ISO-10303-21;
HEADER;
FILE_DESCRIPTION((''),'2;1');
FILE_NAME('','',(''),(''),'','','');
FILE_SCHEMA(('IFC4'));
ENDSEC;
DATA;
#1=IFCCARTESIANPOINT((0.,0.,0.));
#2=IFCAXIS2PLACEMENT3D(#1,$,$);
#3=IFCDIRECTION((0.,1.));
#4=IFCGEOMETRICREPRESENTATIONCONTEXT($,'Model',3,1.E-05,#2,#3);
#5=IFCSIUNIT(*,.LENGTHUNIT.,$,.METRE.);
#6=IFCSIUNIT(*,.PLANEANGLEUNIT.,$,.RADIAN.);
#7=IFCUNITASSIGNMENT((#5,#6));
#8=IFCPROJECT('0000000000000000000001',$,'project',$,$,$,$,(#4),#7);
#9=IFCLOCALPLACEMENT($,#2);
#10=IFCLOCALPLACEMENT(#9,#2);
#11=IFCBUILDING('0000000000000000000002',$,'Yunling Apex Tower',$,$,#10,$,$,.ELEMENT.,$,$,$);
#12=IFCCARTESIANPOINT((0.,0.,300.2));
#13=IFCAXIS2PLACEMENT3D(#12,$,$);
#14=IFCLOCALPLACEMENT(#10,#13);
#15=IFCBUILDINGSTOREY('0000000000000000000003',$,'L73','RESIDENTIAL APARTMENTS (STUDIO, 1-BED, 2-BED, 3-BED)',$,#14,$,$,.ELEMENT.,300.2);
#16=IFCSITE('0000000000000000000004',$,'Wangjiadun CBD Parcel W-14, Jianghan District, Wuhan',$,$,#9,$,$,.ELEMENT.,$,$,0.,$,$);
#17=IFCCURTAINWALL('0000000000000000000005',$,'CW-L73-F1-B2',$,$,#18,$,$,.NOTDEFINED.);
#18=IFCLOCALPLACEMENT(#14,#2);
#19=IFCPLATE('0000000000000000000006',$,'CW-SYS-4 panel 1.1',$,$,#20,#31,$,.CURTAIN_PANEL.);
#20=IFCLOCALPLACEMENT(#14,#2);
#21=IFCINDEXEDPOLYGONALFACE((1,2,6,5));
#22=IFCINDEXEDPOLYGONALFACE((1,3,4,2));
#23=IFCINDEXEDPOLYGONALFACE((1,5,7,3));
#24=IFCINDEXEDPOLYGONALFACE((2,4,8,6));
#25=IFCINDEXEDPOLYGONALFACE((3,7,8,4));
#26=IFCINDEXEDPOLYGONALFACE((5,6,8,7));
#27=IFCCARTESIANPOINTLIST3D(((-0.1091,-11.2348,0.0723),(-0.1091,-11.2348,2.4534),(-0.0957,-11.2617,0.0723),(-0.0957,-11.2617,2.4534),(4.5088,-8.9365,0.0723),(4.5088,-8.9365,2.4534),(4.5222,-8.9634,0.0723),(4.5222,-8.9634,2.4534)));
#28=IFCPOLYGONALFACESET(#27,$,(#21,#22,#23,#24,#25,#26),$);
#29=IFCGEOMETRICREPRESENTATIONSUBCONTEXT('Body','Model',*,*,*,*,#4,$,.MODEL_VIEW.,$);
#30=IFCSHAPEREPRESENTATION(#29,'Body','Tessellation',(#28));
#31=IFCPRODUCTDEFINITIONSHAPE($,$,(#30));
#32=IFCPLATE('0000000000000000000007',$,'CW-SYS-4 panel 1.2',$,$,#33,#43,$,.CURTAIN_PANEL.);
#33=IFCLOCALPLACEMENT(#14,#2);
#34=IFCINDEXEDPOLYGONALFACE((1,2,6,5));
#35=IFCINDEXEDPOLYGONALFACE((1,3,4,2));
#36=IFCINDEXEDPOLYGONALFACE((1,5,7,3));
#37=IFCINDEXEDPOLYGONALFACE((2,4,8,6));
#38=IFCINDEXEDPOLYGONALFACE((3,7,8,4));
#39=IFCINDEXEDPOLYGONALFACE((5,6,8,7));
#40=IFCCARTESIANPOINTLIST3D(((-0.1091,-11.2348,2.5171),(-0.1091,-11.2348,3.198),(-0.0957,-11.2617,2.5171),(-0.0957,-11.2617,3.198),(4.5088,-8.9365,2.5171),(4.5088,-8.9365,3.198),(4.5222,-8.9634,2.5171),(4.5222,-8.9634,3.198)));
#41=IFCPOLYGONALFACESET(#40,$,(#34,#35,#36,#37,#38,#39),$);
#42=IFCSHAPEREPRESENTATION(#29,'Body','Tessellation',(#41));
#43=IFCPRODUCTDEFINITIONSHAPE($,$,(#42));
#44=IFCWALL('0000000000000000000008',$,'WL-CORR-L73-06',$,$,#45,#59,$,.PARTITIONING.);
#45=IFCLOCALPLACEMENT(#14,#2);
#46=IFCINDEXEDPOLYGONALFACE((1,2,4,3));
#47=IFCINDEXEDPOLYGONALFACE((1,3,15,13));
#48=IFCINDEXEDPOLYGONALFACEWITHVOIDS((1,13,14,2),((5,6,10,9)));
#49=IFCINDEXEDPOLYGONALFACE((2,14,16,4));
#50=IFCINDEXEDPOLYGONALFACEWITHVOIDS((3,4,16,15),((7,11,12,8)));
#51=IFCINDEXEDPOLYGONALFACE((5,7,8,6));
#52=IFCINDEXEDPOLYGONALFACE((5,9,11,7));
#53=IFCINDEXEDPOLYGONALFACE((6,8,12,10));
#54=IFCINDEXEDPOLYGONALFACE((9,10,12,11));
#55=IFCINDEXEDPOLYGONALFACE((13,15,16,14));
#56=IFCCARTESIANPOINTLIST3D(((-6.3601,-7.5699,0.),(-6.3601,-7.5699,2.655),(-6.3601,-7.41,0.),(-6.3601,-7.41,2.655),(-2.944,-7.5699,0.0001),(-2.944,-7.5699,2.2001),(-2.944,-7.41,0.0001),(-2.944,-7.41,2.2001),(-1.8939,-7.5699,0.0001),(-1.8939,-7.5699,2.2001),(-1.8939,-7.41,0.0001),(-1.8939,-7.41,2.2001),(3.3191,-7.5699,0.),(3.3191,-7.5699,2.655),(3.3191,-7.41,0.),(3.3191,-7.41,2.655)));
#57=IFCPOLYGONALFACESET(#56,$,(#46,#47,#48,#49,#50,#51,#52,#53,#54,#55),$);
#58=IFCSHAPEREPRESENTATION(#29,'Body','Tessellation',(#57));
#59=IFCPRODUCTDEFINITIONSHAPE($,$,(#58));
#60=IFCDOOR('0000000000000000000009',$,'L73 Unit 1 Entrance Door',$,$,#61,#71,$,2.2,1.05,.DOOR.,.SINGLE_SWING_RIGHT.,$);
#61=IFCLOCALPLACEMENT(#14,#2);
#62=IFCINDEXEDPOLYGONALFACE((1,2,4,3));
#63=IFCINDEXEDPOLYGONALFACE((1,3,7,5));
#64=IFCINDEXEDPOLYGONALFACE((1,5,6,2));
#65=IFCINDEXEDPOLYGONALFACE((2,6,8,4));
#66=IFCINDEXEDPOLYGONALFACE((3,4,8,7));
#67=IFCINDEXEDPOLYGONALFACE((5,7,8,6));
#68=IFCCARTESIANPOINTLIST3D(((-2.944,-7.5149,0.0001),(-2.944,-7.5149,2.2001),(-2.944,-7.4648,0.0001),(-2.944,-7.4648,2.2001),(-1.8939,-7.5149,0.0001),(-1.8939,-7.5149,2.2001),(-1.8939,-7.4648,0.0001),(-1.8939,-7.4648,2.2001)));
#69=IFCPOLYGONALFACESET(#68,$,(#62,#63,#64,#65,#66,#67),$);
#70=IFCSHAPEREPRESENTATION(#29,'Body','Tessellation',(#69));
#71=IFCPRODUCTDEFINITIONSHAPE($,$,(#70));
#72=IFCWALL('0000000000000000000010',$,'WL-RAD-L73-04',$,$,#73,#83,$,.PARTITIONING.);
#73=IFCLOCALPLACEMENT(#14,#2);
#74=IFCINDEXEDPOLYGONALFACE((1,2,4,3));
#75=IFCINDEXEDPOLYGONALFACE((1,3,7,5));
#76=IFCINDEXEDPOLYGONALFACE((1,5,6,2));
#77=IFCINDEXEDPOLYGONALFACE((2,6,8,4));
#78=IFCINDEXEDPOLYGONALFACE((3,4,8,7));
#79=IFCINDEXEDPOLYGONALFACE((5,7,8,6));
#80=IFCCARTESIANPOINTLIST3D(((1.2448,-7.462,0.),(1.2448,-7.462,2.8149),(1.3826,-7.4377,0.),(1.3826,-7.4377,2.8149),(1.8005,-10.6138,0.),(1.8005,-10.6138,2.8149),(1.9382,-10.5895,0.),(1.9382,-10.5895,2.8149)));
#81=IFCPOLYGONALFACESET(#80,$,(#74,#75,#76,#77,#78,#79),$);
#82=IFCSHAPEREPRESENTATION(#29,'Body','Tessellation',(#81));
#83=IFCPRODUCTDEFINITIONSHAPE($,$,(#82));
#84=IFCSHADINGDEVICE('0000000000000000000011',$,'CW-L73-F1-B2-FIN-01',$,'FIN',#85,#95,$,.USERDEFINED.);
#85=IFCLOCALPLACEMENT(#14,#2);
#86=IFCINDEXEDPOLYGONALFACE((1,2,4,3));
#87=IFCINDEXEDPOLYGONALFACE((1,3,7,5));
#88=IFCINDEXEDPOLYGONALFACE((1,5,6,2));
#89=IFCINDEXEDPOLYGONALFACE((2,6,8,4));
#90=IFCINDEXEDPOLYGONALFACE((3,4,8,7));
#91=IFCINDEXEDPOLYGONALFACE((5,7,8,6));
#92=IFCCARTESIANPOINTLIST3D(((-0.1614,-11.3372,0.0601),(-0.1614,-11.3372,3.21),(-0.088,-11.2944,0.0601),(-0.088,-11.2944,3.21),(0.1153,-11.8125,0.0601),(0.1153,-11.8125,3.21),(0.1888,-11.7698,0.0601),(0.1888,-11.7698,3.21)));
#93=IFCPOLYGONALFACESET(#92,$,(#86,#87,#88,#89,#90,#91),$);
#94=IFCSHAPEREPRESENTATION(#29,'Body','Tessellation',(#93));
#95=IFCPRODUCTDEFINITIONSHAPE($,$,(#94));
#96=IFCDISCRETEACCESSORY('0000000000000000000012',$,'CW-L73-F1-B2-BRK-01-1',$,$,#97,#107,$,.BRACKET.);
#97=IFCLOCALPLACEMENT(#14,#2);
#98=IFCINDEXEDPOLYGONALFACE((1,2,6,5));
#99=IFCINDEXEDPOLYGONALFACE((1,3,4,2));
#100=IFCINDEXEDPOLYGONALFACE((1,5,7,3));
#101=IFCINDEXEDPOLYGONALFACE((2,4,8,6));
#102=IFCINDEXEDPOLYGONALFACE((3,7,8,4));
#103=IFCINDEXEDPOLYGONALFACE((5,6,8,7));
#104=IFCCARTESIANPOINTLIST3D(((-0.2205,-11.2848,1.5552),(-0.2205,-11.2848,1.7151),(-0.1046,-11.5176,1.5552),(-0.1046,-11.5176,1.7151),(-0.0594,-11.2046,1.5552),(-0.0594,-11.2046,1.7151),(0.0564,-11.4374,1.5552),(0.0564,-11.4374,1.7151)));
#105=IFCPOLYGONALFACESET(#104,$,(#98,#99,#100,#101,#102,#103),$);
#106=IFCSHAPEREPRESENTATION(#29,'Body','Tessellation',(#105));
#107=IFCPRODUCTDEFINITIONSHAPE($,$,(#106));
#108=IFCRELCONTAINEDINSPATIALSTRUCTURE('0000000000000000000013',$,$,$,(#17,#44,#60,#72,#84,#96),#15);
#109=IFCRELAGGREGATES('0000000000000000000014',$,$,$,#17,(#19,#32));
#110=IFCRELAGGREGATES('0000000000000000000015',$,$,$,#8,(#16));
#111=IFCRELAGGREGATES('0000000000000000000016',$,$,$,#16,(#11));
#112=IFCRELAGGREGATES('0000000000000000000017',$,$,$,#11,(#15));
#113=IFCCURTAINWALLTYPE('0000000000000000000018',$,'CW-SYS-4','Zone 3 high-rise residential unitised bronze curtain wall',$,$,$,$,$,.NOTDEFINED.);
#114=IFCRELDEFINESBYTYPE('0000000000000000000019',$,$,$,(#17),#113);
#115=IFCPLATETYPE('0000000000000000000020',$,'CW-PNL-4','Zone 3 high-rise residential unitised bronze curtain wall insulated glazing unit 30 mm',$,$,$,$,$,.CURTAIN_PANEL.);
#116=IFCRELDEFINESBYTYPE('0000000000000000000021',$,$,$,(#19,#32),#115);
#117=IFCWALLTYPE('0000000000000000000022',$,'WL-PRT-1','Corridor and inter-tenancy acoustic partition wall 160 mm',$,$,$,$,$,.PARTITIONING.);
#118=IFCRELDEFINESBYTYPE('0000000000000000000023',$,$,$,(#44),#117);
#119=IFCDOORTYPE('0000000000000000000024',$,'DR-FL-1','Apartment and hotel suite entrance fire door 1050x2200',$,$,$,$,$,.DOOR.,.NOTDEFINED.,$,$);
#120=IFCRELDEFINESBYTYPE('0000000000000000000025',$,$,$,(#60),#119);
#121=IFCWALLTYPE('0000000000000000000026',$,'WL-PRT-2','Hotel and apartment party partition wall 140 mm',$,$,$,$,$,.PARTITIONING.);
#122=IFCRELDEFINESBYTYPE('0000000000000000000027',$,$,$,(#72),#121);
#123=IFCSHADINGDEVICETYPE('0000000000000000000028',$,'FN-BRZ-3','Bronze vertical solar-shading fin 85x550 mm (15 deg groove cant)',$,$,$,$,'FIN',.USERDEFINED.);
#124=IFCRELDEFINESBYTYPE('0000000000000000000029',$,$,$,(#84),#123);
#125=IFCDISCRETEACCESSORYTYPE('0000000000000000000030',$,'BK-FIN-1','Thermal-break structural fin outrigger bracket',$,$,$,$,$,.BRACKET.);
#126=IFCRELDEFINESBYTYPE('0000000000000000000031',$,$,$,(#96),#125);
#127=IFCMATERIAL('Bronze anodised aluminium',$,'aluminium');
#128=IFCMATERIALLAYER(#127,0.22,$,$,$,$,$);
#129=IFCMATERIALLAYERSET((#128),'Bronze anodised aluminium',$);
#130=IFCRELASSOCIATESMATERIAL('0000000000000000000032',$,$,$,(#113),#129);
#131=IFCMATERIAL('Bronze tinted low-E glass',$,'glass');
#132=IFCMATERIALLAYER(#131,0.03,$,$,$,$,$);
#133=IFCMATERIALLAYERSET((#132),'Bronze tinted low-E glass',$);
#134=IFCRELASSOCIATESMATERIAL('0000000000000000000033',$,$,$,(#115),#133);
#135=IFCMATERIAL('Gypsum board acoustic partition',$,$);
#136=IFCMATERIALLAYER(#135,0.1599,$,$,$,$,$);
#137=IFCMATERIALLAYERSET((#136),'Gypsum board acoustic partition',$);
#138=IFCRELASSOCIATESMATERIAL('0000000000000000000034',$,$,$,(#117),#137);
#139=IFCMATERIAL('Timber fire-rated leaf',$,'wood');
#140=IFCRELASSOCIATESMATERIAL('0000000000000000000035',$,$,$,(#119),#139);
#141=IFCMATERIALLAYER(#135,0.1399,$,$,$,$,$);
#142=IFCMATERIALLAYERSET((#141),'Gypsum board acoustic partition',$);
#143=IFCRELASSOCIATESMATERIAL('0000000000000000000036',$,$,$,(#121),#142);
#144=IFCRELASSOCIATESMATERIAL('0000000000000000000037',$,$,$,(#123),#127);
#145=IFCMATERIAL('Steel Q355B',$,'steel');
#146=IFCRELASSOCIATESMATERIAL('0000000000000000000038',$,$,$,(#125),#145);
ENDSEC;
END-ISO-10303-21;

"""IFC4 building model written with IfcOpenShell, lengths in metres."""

from ifc_helpers import new_model, si_unit, direction, frame, frame_2d, origin, origin_2d, place, context, subcontext, project, spatial, rectangle, extrude, source, transform, mapped, material, layer, layer_set, material_profile, profile_set, type_object, element, fill, aggregate, save


model = new_model("IFC4")

# Units and contexts
model_context = context("Model", 3, precision=1e-05, world=origin(), true_north=direction((0.0, 1.0)))
body_context = subcontext(model_context, "Body", "Model", "MODEL_VIEW")
ifc_project = project(units=[si_unit("LENGTHUNIT", "METRE"), si_unit("PLANEANGLEUNIT", "RADIAN")], contexts=[model_context])

# Site, building, storey
site_placement = place(None, origin())
site = spatial("IfcSite", under=ifc_project, at=site_placement, Name="Wangjiadun CBD Parcel W-14, Jianghan District, Wuhan", CompositionType="ELEMENT", RefElevation=0.0)
building_placement = place(site_placement, origin())
building = spatial("IfcBuilding", under=site, at=building_placement, Name="Yunling Apex Tower", CompositionType="ELEMENT")
storey_placement = place(building_placement, frame((0.0, 0.0, 300.2)))
storey = spatial("IfcBuildingStorey", under=building, at=storey_placement, Name="L73", Description="RESIDENTIAL APARTMENTS (STUDIO, 1-BED, 2-BED, 3-BED)", CompositionType="ELEMENT", Elevation=300.2)

# Shared definitions
ifc_material_1 = material(Name="Steel Q355B", Category="steel")

# Curtain wall
ifc_material_2 = material(Name="Bronze anodised aluminium", Category="aluminium")
ifc_layer_1 = layer(ifc_material_2, 0.22)
ifc_layer_set_1 = layer_set([ifc_layer_1], Name="Bronze anodised aluminium")
curtain_wall_type = type_object("IfcCurtainWallType", Name="CW-SYS-4", Description="Zone 3 high-rise residential unitised bronze curtain wall", PredefinedType="NOTDEFINED", material=ifc_layer_set_1)
curtain_wall_1_placement = place(storey_placement, origin())
curtain_wall_1 = element("IfcCurtainWall", 1, at=curtain_wall_1_placement, inside=storey, type_object=curtain_wall_type, Name="CW-L73-F1-B2", PredefinedType="NOTDEFINED")

# Plates
ifc_material_3 = material(Name="Bronze tinted low-E glass", Category="glass")
ifc_layer_2 = layer(ifc_material_3, 0.03)
ifc_layer_set_2 = layer_set([ifc_layer_2], Name="Bronze tinted low-E glass")
plate_type_1 = type_object("IfcPlateType", Name="CW-PNL-4", Description="Zone 3 high-rise residential unitised bronze curtain wall insulated glazing unit 30 mm", PredefinedType="CURTAIN_PANEL", material=ifc_layer_set_2)
shared_shape_1 = source(origin(), body_context, "Body", "SweptSolid", [
    extrude(rectangle(XDim=5.1582, YDim=0.03, at=origin_2d()), origin(), (0.0, 0.0, 1.0), 2.3811),
])
plate_1_placement = place(storey_placement, frame((2.2065, -10.0991, 0.0723), z_axis=(0.0, 0.0, 1.0), x_axis=(0.895252, 0.445561, 0.0)))
plate_1 = element("IfcPlate", 2, at=plate_1_placement, type_object=plate_type_1, Name="CW-SYS-4 panel 1.1", PredefinedType="CURTAIN_PANEL", context=body_context, shape_type="MappedRepresentation", body=[
    mapped(shared_shape_1, transform((0.0, 0.0, 0.0), scale=1.0)),
])
shared_shape_2 = source(origin(), body_context, "Body", "SweptSolid", [
    extrude(rectangle(XDim=5.1582, YDim=0.03, at=origin_2d()), origin(), (0.0, 0.0, 1.0), 0.6809),
])
plate_2_placement = place(storey_placement, frame((2.2065, -10.0991, 2.5171), z_axis=(0.0, 0.0, 1.0), x_axis=(0.895252, 0.445561, 0.0)))
plate_2 = element("IfcPlate", 3, at=plate_2_placement, type_object=plate_type_1, Name="CW-SYS-4 panel 1.2", PredefinedType="CURTAIN_PANEL", context=body_context, shape_type="MappedRepresentation", body=[
    mapped(shared_shape_2, transform((0.0, 0.0, 0.0), scale=1.0)),
])
aggregate(curtain_wall_1, [plate_1, plate_2])

# Wall, opening, door
ifc_material_4 = material(Name="Gypsum board acoustic partition")
ifc_layer_3 = layer(ifc_material_4, 0.1599)
ifc_layer_set_3 = layer_set([ifc_layer_3], Name="Gypsum board acoustic partition")
wall_type_1 = type_object("IfcWallType", Name="WL-PRT-1", Description="Corridor and inter-tenancy acoustic partition wall 160 mm", PredefinedType="PARTITIONING", material=ifc_layer_set_3)
wall_1_placement = place(storey_placement, frame((3.3191, -7.49, 0.0), z_axis=(0.0, 0.0, 1.0), x_axis=(-1.0, 0.0, 0.0)))
wall_1 = element("IfcWall", 4, at=wall_1_placement, inside=storey, type_object=wall_type_1, Name="WL-CORR-L73-06", PredefinedType="PARTITIONING", context=body_context, shape_type="SweptSolid", body=[
    extrude(rectangle(XDim=9.6792, YDim=0.1599, at=frame_2d((4.8396, 0.0))), origin(), (0.0, 0.0, 1.0), 2.655),
])
opening_placement = place(wall_1_placement, frame((5.2131, 0.0, 0.0)))
opening = element("IfcOpeningElement", 5, at=opening_placement, cuts=wall_1, PredefinedType="OPENING", context=body_context, shape_type="SweptSolid", body=[
    extrude(rectangle(XDim=1.05, YDim=2.2, at=frame_2d((0.5249, 1.1001))), frame((0.0, 0.0898, 0.0), z_axis=(0.0, -1.0, 0.0), x_axis=(1.0, 0.0, 0.0)), (0.0, 0.0, 1.0), 0.1799),
])
ifc_material_5 = material(Name="Timber fire-rated leaf", Category="wood")
door_type = type_object("IfcDoorType", Name="DR-FL-1", Description="Apartment and hotel suite entrance fire door 1050x2200", OperationType="NOTDEFINED", PredefinedType="DOOR", material=ifc_material_5)
door_placement = place(opening_placement, origin())
door = element("IfcDoor", 6, at=door_placement, inside=storey, type_object=door_type, Name="L73 Unit 1 Entrance Door", OperationType="SINGLE_SWING_RIGHT", OverallHeight=2.2, OverallWidth=1.05, PredefinedType="DOOR", context=body_context, shape_type="SweptSolid", body=[
    extrude(rectangle(XDim=1.05, YDim=2.2, at=frame_2d((0.5249, 1.1001))), frame((0.0, 0.0249, 0.0), z_axis=(0.0, -1.0, 0.0), x_axis=(1.0, 0.0, 0.0)), (0.0, 0.0, 1.0), 0.05),
])
fill(opening, door)

# Wall
ifc_layer_4 = layer(ifc_material_4, 0.1399)
ifc_layer_set_4 = layer_set([ifc_layer_4], Name="Gypsum board acoustic partition")
wall_type_2 = type_object("IfcWallType", Name="WL-PRT-2", Description="Hotel and apartment party partition wall 140 mm", PredefinedType="PARTITIONING", material=ifc_layer_set_4)
wall_2_placement = place(storey_placement, frame((1.3137, -7.45, 0.0), z_axis=(0.0, 0.0, 1.0), x_axis=(0.17362, -0.984813, 0.0)))
element("IfcWall", 7, at=wall_2_placement, inside=storey, type_object=wall_type_2, Name="WL-RAD-L73-04", PredefinedType="PARTITIONING", context=body_context, shape_type="SweptSolid", body=[
    extrude(rectangle(XDim=3.2004, YDim=0.1399, at=frame_2d((1.6001, 0.0))), origin(), (0.0, 0.0, 1.0), 2.8149),
])

# Shading device
ifc_material_profile_1 = material_profile(ifc_material_2, rectangle(XDim=0.085, YDim=0.55, at=origin_2d()))
ifc_profile_set_1 = profile_set([ifc_material_profile_1], Name="Bronze anodised aluminium")
shading_device_type = type_object("IfcShadingDeviceType", Name="FN-BRZ-3", Description="Bronze vertical solar-shading fin 85x550 mm (15 deg groove cant)", ElementType="FIN", PredefinedType="USERDEFINED", material=ifc_profile_set_1)
shared_shape_3 = source(origin(), body_context, "Body", "SweptSolid", [
    extrude(rectangle(XDim=0.085, YDim=0.55, at=origin_2d()), origin(), (0.0, 0.0, 1.0), 3.1499),
])
shading_device_placement = place(storey_placement, frame((0.0137, -11.5535, 0.0601), z_axis=(0.0, 0.0, 1.0), x_axis=(0.864187, 0.503171, 0.0)))
element("IfcShadingDevice", 8, at=shading_device_placement, inside=storey, type_object=shading_device_type, Name="CW-L73-F1-B2-FIN-01", ObjectType="FIN", PredefinedType="USERDEFINED", context=body_context, shape_type="MappedRepresentation", body=[
    mapped(shared_shape_3, transform((0.0, 0.0, 0.0), scale=1.0)),
])

# Discrete accessory
discrete_accessory_type = type_object("IfcDiscreteAccessoryType", Name="BK-FIN-1", Description="Thermal-break structural fin outrigger bracket", PredefinedType="BRACKET", material=ifc_material_1)
shared_shape_4 = source(origin(), body_context, "Body", "SweptSolid", [
    extrude(rectangle(XDim=0.1799, YDim=0.26, at=origin_2d()), origin(), (0.0, 0.0, 1.0), 0.1599),
])
discrete_accessory_placement = place(storey_placement, frame((-0.082, -11.3611, 1.5552), z_axis=(0.0, 0.0, 1.0), x_axis=(0.895246, 0.445573, 0.0)))
element("IfcDiscreteAccessory", 9, at=discrete_accessory_placement, inside=storey, type_object=discrete_accessory_type, Name="CW-L73-F1-B2-BRK-01-1", PredefinedType="BRACKET", context=body_context, shape_type="MappedRepresentation", body=[
    mapped(shared_shape_4, transform((0.0, 0.0, 0.0), scale=1.0)),
])

save(model, "model.ifc")
